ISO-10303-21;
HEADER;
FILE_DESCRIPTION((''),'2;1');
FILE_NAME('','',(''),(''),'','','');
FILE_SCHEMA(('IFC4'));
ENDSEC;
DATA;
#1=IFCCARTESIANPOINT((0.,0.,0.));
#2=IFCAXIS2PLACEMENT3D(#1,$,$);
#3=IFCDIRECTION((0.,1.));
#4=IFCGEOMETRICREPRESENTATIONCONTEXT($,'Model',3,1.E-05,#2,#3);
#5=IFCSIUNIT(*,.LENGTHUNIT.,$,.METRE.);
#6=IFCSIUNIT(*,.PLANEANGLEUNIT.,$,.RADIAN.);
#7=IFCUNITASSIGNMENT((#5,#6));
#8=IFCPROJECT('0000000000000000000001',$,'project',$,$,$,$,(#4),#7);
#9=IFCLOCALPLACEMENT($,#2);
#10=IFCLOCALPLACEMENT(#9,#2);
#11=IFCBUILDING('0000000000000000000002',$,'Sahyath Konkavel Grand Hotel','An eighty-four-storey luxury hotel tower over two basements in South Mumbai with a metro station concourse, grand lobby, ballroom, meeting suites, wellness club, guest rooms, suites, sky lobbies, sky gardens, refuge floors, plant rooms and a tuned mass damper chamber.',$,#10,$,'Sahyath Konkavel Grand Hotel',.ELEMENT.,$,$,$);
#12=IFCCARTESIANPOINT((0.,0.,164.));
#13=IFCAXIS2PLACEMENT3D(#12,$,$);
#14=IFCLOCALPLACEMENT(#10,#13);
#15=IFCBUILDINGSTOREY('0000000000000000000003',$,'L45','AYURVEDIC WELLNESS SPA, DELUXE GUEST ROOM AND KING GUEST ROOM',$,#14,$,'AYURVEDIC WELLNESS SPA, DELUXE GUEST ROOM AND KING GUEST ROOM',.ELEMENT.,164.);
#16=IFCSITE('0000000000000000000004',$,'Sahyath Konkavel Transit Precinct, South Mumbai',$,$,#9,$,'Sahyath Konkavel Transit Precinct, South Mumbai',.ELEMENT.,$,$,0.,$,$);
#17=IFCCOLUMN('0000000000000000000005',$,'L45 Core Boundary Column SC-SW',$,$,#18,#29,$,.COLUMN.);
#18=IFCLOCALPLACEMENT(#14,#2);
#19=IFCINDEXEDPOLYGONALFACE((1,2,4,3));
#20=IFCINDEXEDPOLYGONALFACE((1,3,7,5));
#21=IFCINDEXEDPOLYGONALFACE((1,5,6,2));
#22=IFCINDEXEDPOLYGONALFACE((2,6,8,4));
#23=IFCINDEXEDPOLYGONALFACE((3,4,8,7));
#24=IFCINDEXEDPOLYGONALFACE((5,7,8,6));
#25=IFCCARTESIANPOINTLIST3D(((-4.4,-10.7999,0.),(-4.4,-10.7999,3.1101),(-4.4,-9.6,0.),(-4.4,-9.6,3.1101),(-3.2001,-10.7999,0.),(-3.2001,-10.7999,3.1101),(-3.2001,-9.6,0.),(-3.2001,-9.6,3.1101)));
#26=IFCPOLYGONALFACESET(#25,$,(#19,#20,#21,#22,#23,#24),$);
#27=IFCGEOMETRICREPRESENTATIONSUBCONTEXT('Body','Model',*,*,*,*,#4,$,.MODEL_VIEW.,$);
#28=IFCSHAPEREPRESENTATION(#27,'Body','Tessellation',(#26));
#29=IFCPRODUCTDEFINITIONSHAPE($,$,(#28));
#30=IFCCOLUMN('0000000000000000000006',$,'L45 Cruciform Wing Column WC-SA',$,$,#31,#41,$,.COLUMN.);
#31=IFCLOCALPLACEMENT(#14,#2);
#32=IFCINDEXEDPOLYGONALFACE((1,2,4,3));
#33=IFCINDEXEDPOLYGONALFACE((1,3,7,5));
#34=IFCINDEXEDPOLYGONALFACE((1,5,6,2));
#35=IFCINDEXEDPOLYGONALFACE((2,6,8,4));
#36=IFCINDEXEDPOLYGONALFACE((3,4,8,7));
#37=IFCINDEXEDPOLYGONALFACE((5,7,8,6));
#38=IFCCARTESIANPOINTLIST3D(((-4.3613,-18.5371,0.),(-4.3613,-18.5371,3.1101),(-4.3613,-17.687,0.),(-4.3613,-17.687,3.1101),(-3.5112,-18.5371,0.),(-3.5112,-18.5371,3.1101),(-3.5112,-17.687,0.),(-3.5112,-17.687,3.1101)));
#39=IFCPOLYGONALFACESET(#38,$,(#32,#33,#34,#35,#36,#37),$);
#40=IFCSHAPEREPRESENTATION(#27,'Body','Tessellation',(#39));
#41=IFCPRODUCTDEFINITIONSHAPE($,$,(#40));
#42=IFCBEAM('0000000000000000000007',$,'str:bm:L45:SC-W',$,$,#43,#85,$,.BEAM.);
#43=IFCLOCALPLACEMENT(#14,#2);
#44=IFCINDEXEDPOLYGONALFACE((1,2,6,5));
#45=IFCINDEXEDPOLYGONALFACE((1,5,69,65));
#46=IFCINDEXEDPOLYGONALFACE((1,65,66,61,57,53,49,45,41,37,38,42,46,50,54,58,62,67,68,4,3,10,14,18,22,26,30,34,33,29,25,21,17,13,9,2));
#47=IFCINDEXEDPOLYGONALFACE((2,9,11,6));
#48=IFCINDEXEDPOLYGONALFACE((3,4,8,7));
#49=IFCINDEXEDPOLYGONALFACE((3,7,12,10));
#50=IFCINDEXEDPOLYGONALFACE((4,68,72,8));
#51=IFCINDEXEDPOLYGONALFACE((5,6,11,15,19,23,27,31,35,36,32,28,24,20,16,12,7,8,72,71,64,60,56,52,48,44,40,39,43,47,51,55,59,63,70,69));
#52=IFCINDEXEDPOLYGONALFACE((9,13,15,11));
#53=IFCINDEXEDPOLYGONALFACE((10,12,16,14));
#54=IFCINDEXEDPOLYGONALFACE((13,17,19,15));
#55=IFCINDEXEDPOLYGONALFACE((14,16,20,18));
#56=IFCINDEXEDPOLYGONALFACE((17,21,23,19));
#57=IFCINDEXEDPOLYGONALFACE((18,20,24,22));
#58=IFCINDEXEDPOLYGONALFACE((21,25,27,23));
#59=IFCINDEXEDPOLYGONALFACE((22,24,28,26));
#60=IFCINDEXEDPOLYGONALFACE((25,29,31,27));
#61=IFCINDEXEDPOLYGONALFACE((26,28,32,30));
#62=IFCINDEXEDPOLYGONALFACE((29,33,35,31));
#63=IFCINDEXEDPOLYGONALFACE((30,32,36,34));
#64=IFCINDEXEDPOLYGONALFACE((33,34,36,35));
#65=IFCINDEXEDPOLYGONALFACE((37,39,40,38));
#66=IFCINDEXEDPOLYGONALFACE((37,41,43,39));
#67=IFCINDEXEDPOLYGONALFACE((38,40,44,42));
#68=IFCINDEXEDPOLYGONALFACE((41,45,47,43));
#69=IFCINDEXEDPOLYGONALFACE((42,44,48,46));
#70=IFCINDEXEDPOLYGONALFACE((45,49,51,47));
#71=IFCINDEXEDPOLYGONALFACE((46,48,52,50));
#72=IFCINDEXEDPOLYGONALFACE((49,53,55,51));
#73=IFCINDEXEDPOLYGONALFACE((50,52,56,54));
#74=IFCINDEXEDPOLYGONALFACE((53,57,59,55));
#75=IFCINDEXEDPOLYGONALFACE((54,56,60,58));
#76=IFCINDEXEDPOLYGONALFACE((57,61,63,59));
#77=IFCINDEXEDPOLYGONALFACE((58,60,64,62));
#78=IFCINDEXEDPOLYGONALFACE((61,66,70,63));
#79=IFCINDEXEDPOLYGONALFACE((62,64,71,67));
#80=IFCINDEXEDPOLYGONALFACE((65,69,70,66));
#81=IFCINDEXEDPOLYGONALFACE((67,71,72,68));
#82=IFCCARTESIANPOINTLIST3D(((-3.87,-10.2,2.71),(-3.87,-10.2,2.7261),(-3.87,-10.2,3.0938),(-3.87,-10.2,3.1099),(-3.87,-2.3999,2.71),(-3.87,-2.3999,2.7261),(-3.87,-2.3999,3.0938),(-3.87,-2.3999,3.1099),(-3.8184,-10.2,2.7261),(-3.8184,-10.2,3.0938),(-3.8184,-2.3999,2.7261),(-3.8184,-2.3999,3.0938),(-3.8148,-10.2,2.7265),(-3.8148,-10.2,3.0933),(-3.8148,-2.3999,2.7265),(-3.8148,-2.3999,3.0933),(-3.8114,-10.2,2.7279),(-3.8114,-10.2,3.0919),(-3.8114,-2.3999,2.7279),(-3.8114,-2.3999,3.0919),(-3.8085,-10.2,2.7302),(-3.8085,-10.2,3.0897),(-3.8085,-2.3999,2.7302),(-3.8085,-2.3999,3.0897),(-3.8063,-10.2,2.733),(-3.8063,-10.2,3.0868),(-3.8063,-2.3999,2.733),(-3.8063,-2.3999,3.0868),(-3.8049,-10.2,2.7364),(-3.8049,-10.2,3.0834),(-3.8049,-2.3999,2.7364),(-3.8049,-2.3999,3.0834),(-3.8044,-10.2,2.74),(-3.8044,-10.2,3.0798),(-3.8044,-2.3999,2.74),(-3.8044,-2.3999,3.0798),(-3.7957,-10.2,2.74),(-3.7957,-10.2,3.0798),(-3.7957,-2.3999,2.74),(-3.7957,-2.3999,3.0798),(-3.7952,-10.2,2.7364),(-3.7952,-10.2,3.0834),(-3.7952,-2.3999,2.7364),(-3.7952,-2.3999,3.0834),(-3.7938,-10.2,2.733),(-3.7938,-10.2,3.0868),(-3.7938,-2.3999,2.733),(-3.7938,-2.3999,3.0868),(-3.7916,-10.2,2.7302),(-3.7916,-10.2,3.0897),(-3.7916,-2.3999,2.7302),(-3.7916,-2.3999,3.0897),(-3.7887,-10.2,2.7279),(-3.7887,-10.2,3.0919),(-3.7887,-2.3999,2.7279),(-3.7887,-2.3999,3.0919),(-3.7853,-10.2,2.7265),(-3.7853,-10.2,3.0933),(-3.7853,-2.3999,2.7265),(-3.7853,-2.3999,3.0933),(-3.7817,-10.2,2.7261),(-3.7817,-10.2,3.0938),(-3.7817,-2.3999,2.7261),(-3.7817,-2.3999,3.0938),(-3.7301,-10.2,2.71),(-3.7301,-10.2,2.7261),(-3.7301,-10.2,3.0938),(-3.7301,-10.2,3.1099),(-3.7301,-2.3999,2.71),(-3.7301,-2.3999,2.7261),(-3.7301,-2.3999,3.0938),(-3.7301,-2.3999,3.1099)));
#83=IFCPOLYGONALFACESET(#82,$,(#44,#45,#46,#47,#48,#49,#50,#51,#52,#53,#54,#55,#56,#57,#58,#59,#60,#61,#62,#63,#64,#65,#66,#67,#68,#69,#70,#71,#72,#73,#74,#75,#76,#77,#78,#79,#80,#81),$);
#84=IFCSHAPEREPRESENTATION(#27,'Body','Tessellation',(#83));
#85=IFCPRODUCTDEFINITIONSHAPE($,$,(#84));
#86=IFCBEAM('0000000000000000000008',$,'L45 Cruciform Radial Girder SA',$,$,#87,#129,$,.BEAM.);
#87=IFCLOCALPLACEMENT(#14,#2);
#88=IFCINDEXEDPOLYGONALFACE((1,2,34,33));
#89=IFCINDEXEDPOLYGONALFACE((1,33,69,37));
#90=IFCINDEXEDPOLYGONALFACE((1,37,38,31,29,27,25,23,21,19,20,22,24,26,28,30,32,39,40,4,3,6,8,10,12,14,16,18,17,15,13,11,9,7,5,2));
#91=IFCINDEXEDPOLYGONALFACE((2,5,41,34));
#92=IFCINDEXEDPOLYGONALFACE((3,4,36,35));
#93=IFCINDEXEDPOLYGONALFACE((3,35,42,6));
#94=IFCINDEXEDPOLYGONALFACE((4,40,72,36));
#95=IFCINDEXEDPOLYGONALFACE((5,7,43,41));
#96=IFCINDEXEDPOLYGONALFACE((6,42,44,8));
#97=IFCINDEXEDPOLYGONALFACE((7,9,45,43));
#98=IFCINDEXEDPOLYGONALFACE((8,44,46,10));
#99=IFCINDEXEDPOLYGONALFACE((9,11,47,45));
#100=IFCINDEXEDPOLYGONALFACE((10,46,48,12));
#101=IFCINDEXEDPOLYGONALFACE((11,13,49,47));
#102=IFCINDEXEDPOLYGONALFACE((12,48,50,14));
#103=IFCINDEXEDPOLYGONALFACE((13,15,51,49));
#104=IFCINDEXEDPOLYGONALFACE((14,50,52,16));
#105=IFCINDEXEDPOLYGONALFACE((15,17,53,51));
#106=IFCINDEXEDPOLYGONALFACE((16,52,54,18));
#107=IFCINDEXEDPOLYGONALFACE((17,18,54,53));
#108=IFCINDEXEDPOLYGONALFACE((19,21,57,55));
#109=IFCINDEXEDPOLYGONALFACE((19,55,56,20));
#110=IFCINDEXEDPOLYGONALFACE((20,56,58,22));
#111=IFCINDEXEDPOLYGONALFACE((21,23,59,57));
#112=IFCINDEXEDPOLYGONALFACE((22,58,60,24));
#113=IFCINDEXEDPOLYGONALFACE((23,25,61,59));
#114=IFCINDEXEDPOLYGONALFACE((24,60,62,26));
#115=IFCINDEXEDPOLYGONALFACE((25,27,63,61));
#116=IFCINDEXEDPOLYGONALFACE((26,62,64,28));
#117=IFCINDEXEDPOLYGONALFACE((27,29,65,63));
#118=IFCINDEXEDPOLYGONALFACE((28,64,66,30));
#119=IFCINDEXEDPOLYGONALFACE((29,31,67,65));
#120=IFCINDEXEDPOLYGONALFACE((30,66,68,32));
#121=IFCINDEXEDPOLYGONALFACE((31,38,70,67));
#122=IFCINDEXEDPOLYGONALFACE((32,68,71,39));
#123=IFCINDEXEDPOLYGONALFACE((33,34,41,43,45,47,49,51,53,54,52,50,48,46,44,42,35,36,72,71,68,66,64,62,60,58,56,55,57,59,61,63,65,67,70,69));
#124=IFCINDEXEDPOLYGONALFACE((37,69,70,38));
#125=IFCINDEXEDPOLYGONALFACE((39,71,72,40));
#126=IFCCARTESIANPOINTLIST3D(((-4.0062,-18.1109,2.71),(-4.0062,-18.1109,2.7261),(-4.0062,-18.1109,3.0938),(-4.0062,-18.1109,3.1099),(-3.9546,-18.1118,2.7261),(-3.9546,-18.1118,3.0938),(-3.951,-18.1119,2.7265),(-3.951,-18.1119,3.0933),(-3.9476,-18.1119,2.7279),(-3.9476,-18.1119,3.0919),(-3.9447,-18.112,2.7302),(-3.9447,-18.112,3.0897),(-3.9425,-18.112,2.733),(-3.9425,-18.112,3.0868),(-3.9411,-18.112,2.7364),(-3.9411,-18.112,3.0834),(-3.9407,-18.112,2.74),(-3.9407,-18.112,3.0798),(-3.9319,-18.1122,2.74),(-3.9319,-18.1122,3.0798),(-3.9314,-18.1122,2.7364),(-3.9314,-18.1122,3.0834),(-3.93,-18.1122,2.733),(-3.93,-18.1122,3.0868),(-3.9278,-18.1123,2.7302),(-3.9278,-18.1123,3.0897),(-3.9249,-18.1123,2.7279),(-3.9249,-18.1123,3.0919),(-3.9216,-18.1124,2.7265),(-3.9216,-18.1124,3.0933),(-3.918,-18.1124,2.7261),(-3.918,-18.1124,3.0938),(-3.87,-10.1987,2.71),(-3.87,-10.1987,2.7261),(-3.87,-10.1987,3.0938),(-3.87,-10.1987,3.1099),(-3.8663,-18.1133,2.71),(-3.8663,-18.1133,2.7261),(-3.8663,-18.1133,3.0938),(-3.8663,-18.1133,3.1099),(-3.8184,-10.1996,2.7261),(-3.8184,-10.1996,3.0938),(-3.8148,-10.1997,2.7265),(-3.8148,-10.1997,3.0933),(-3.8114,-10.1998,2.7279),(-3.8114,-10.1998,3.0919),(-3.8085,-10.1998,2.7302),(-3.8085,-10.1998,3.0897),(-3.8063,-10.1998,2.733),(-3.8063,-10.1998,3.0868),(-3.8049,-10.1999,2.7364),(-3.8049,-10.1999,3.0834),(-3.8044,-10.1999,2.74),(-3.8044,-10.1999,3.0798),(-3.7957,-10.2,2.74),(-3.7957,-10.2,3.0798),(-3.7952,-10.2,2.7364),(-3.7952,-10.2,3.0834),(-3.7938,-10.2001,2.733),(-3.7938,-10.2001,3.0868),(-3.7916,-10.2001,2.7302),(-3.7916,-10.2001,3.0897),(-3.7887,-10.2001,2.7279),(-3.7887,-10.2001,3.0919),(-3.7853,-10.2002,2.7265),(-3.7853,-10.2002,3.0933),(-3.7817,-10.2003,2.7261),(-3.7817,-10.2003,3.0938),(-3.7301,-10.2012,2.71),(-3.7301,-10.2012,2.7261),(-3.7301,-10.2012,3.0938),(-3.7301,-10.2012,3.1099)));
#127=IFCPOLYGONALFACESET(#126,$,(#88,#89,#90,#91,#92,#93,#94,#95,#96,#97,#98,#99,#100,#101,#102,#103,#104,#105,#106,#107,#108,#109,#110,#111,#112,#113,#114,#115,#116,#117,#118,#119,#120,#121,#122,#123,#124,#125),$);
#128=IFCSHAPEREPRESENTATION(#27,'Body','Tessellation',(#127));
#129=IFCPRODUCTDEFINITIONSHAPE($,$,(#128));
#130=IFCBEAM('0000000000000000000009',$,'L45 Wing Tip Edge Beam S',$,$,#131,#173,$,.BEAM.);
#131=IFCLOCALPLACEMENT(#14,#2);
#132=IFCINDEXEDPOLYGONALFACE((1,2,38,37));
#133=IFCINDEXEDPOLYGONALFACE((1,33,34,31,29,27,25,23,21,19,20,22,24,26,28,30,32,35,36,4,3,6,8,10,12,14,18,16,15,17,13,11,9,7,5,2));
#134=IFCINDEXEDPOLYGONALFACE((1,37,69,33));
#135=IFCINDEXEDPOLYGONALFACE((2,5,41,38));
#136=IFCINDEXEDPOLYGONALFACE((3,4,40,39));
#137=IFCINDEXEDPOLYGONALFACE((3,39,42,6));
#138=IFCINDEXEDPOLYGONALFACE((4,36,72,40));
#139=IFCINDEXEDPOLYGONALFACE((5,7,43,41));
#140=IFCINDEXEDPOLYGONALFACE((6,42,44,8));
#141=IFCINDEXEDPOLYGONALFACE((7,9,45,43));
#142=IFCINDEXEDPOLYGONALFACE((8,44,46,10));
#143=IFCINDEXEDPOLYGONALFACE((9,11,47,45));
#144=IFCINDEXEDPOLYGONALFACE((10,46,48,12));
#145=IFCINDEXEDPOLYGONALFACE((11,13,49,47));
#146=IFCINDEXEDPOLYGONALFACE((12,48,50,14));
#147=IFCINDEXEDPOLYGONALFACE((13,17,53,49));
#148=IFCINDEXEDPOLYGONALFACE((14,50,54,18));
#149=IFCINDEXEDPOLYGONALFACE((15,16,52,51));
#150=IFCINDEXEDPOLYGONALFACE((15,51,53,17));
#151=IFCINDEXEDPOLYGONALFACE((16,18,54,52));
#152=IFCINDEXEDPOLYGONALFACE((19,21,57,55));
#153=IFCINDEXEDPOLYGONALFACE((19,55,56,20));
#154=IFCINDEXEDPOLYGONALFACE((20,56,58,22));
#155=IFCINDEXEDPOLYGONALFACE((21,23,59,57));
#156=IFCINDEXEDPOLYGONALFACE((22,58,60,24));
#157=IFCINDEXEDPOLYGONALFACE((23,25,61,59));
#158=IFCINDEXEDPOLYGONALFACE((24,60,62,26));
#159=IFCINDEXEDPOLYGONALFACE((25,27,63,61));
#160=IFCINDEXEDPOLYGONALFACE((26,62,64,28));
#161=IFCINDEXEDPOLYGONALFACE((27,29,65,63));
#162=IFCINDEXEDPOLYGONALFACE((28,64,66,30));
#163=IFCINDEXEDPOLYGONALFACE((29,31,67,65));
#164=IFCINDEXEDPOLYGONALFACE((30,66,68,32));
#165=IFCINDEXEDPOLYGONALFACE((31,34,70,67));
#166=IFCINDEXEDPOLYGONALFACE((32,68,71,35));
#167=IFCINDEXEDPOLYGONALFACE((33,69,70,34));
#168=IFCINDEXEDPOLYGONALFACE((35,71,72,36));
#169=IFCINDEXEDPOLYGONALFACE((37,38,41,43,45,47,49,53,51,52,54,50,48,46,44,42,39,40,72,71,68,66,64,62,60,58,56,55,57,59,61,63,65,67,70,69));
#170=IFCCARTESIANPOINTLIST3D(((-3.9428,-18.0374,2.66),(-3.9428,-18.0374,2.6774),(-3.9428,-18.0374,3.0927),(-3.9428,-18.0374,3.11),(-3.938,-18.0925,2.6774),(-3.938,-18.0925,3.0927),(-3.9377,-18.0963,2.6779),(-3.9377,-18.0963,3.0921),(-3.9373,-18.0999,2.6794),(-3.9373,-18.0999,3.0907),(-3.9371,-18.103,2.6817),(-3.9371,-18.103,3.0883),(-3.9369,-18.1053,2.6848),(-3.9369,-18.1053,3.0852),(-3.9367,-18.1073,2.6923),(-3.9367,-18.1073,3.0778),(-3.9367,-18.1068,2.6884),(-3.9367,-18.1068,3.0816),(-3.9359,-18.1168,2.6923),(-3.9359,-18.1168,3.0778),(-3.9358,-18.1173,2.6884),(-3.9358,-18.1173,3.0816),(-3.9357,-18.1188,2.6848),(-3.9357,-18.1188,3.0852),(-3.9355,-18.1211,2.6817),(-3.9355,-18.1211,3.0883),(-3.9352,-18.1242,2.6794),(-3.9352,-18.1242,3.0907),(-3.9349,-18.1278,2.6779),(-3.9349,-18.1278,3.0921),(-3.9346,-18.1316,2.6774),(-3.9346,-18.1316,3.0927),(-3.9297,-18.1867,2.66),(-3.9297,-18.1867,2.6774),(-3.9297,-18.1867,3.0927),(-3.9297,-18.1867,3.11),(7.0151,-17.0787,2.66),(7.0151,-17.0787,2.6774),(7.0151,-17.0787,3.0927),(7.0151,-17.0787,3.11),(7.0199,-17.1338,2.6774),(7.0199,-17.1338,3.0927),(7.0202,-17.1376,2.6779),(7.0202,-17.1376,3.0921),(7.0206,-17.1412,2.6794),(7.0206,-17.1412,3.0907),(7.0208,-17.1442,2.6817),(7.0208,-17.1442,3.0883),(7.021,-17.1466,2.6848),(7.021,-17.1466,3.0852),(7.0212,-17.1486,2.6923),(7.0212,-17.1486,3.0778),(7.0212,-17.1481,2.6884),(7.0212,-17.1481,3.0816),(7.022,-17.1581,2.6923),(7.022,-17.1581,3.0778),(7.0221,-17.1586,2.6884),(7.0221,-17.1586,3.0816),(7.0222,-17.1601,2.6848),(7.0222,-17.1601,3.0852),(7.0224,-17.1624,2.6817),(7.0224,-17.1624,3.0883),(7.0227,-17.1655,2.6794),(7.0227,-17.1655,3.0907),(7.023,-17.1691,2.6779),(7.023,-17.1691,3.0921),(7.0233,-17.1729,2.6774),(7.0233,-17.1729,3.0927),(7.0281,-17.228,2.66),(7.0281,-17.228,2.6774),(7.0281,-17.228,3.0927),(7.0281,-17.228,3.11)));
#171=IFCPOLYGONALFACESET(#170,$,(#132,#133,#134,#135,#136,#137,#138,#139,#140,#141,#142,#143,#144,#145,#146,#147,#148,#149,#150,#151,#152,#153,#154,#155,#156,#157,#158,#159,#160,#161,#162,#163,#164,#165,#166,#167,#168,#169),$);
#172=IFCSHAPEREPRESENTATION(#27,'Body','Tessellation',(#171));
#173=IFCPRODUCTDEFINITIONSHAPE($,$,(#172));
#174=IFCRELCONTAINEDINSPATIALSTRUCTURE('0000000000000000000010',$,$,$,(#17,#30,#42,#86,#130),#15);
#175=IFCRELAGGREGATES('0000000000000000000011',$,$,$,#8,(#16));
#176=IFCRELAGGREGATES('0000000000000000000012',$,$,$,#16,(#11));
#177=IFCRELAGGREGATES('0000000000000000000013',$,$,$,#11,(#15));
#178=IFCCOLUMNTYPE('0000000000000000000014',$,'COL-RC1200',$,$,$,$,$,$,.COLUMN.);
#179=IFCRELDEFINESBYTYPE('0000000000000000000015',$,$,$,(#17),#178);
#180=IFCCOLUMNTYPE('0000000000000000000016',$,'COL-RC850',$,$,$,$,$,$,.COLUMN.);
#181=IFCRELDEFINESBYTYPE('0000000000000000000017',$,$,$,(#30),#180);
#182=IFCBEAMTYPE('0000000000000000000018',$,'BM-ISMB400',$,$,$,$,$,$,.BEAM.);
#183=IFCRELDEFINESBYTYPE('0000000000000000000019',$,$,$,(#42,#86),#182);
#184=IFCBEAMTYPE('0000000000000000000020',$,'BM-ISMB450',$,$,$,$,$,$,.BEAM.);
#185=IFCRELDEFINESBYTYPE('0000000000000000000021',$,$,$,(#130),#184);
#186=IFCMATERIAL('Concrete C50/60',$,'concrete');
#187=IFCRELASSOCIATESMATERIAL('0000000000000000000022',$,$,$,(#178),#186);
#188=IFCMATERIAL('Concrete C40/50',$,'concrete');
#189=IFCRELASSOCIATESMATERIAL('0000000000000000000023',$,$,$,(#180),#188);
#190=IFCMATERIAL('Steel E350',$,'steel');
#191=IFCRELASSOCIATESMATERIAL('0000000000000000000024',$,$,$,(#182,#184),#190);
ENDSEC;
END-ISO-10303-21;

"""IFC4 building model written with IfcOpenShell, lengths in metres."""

from ifc_helpers import new_model, si_unit, direction, frame, origin, origin_2d, place, context, subcontext, project, spatial, rectangle, i_section, extrude, source, transform, mapped, material, material_profile, profile_set, type_object, element, save


model = new_model("IFC4")

# Units and contexts
model_context = context("Model", 3, precision=1e-05, world=origin(), true_north=direction((0.0, 1.0)))
body_context = subcontext(model_context, "Body", "Model", "MODEL_VIEW")
ifc_project = project(units=[si_unit("LENGTHUNIT", "METRE"), si_unit("PLANEANGLEUNIT", "RADIAN")], contexts=[model_context])

# Site, building, storey
site_placement = place(None, origin())
site = spatial("IfcSite", under=ifc_project, at=site_placement, Name="Sahyath Konkavel Transit Precinct, South Mumbai", LongName="Sahyath Konkavel Transit Precinct, South Mumbai", CompositionType="ELEMENT", RefElevation=0.0)
building_placement = place(site_placement, origin())
building = spatial("IfcBuilding", under=site, at=building_placement, Name="Sahyath Konkavel Grand Hotel", Description="An eighty-four-storey luxury hotel tower over two basements in South Mumbai with a metro station concourse, grand lobby, ballroom, meeting suites, wellness club, guest rooms, suites, sky lobbies, sky gardens, refuge floors, plant rooms and a tuned mass damper chamber.", LongName="Sahyath Konkavel Grand Hotel", CompositionType="ELEMENT")
storey_placement = place(building_placement, frame((0.0, 0.0, 164.0)))
storey = spatial("IfcBuildingStorey", under=building, at=storey_placement, Name="L45", Description="AYURVEDIC WELLNESS SPA, DELUXE GUEST ROOM AND KING GUEST ROOM", LongName="AYURVEDIC WELLNESS SPA, DELUXE GUEST ROOM AND KING GUEST ROOM", CompositionType="ELEMENT", Elevation=164.0)

# Columns
ifc_material_1 = material(Name="Concrete C50/60", Category="concrete")
ifc_material_profile_1 = material_profile(ifc_material_1, rectangle(XDim=1.2, YDim=1.2, at=origin_2d()), Name="RC 1200x1200")
ifc_profile_set_1 = profile_set([ifc_material_profile_1], Name="Concrete C50/60")
column_type_1 = type_object("IfcColumnType", Name="COL-RC1200", PredefinedType="COLUMN", material=ifc_profile_set_1)
shared_shape_1 = source(origin(), body_context, "Body", "SweptSolid", [
    extrude(rectangle(XDim=1.2, YDim=1.2, at=origin_2d()), origin(), (0.0, 0.0, 1.0), 3.1101),
])
column_1_placement = place(storey_placement, frame((-3.8, -10.2, 0.0), z_axis=(0.0, 0.0, 1.0), x_axis=(1.0, 0.0, 0.0)))
element("IfcColumn", 1, at=column_1_placement, inside=storey, type_object=column_type_1, Name="L45 Core Boundary Column SC-SW", PredefinedType="COLUMN", context=body_context, shape_type="MappedRepresentation", body=[
    mapped(shared_shape_1, transform((0.0, 0.0, 0.0), scale=1.0)),
])
ifc_material_2 = material(Name="Concrete C40/50", Category="concrete")
ifc_material_profile_2 = material_profile(ifc_material_2, rectangle(XDim=0.8501, YDim=0.8501, at=origin_2d()), Name="RC 850x850")
ifc_profile_set_2 = profile_set([ifc_material_profile_2], Name="Concrete C40/50")
column_type_2 = type_object("IfcColumnType", Name="COL-RC850", PredefinedType="COLUMN", material=ifc_profile_set_2)
shared_shape_2 = source(origin(), body_context, "Body", "SweptSolid", [
    extrude(rectangle(XDim=0.8501, YDim=0.8501, at=origin_2d()), origin(), (0.0, 0.0, 1.0), 3.1101),
])
column_2_placement = place(storey_placement, frame((-3.9363, -18.1121, 0.0), z_axis=(0.0, 0.0, 1.0), x_axis=(1.0, 0.0, 0.0)))
element("IfcColumn", 2, at=column_2_placement, inside=storey, type_object=column_type_2, Name="L45 Cruciform Wing Column WC-SA", PredefinedType="COLUMN", context=body_context, shape_type="MappedRepresentation", body=[
    mapped(shared_shape_2, transform((0.0, 0.0, 0.0), scale=1.0)),
])

# Beams
ifc_material_3 = material(Name="Steel E350", Category="steel")
ifc_material_profile_3 = material_profile(ifc_material_3, i_section(OverallWidth=0.1399, OverallDepth=0.3999, WebThickness=0.0088, FlangeThickness=0.0161, FilletRadius=0.0139, at=origin_2d()), Name="ISMB 400")
ifc_profile_set_3 = profile_set([ifc_material_profile_3], Name="Steel E350")
beam_type_1 = type_object("IfcBeamType", Name="BM-ISMB400", PredefinedType="BEAM", material=ifc_profile_set_3)
shared_shape_3 = source(origin(), body_context, "Body", "SweptSolid", [
    extrude(i_section(OverallWidth=0.1399, OverallDepth=0.3999, WebThickness=0.0088, FlangeThickness=0.0161, FilletRadius=0.0139, at=origin_2d()), origin(), (0.0, 0.0, 1.0), 7.8),
])
beam_1_placement = place(storey_placement, frame((-3.8, -10.2, 2.9099), z_axis=(0.0, 1.0, 0.0), x_axis=(-1.0, 0.0, 0.0)))
element("IfcBeam", 3, at=beam_1_placement, inside=storey, type_object=beam_type_1, Name="str:bm:L45:SC-W", PredefinedType="BEAM", context=body_context, shape_type="MappedRepresentation", body=[
    mapped(shared_shape_3, transform((0.0, 0.0, 0.0), scale=1.0)),
])
shared_shape_4 = source(origin(), body_context, "Body", "SweptSolid", [
    extrude(i_section(OverallWidth=0.1399, OverallDepth=0.3999, WebThickness=0.0088, FlangeThickness=0.0161, FilletRadius=0.0139, at=origin_2d()), origin(), (0.0, 0.0, 1.0), 7.9133),
])
beam_2_placement = place(storey_placement, frame((-3.8, -10.2, 2.9099), z_axis=(-0.017215, -0.999852, 0.0), x_axis=(0.999852, -0.017215, 0.0)))
element("IfcBeam", 4, at=beam_2_placement, inside=storey, type_object=beam_type_1, Name="L45 Cruciform Radial Girder SA", PredefinedType="BEAM", context=body_context, shape_type="MappedRepresentation", body=[
    mapped(shared_shape_4, transform((0.0, 0.0, 0.0), scale=1.0)),
])
ifc_material_profile_4 = material_profile(ifc_material_3, i_section(OverallWidth=0.1499, OverallDepth=0.45, WebThickness=0.0095, FlangeThickness=0.0173, FilletRadius=0.0149, at=origin_2d()), Name="ISMB 450")
ifc_profile_set_4 = profile_set([ifc_material_profile_4], Name="Steel E350")
beam_type_2 = type_object("IfcBeamType", Name="BM-ISMB450", PredefinedType="BEAM", material=ifc_profile_set_4)
shared_shape_5 = source(origin(), body_context, "Body", "SweptSolid", [
    extrude(i_section(OverallWidth=0.1499, OverallDepth=0.45, WebThickness=0.0095, FlangeThickness=0.0173, FilletRadius=0.0149, at=origin_2d()), origin(), (0.0, 0.0, 1.0), 10.9998),
])
beam_3_placement = place(storey_placement, frame((-3.9363, -18.1121, 2.885), z_axis=(0.996194, 0.087159, 0.0), x_axis=(-0.087159, 0.996194, 0.0)))
element("IfcBeam", 5, at=beam_3_placement, inside=storey, type_object=beam_type_2, Name="L45 Wing Tip Edge Beam S", PredefinedType="BEAM", context=body_context, shape_type="MappedRepresentation", body=[
    mapped(shared_shape_5, transform((0.0, 0.0, 0.0), scale=1.0)),
])

save(model, "model.ifc")
